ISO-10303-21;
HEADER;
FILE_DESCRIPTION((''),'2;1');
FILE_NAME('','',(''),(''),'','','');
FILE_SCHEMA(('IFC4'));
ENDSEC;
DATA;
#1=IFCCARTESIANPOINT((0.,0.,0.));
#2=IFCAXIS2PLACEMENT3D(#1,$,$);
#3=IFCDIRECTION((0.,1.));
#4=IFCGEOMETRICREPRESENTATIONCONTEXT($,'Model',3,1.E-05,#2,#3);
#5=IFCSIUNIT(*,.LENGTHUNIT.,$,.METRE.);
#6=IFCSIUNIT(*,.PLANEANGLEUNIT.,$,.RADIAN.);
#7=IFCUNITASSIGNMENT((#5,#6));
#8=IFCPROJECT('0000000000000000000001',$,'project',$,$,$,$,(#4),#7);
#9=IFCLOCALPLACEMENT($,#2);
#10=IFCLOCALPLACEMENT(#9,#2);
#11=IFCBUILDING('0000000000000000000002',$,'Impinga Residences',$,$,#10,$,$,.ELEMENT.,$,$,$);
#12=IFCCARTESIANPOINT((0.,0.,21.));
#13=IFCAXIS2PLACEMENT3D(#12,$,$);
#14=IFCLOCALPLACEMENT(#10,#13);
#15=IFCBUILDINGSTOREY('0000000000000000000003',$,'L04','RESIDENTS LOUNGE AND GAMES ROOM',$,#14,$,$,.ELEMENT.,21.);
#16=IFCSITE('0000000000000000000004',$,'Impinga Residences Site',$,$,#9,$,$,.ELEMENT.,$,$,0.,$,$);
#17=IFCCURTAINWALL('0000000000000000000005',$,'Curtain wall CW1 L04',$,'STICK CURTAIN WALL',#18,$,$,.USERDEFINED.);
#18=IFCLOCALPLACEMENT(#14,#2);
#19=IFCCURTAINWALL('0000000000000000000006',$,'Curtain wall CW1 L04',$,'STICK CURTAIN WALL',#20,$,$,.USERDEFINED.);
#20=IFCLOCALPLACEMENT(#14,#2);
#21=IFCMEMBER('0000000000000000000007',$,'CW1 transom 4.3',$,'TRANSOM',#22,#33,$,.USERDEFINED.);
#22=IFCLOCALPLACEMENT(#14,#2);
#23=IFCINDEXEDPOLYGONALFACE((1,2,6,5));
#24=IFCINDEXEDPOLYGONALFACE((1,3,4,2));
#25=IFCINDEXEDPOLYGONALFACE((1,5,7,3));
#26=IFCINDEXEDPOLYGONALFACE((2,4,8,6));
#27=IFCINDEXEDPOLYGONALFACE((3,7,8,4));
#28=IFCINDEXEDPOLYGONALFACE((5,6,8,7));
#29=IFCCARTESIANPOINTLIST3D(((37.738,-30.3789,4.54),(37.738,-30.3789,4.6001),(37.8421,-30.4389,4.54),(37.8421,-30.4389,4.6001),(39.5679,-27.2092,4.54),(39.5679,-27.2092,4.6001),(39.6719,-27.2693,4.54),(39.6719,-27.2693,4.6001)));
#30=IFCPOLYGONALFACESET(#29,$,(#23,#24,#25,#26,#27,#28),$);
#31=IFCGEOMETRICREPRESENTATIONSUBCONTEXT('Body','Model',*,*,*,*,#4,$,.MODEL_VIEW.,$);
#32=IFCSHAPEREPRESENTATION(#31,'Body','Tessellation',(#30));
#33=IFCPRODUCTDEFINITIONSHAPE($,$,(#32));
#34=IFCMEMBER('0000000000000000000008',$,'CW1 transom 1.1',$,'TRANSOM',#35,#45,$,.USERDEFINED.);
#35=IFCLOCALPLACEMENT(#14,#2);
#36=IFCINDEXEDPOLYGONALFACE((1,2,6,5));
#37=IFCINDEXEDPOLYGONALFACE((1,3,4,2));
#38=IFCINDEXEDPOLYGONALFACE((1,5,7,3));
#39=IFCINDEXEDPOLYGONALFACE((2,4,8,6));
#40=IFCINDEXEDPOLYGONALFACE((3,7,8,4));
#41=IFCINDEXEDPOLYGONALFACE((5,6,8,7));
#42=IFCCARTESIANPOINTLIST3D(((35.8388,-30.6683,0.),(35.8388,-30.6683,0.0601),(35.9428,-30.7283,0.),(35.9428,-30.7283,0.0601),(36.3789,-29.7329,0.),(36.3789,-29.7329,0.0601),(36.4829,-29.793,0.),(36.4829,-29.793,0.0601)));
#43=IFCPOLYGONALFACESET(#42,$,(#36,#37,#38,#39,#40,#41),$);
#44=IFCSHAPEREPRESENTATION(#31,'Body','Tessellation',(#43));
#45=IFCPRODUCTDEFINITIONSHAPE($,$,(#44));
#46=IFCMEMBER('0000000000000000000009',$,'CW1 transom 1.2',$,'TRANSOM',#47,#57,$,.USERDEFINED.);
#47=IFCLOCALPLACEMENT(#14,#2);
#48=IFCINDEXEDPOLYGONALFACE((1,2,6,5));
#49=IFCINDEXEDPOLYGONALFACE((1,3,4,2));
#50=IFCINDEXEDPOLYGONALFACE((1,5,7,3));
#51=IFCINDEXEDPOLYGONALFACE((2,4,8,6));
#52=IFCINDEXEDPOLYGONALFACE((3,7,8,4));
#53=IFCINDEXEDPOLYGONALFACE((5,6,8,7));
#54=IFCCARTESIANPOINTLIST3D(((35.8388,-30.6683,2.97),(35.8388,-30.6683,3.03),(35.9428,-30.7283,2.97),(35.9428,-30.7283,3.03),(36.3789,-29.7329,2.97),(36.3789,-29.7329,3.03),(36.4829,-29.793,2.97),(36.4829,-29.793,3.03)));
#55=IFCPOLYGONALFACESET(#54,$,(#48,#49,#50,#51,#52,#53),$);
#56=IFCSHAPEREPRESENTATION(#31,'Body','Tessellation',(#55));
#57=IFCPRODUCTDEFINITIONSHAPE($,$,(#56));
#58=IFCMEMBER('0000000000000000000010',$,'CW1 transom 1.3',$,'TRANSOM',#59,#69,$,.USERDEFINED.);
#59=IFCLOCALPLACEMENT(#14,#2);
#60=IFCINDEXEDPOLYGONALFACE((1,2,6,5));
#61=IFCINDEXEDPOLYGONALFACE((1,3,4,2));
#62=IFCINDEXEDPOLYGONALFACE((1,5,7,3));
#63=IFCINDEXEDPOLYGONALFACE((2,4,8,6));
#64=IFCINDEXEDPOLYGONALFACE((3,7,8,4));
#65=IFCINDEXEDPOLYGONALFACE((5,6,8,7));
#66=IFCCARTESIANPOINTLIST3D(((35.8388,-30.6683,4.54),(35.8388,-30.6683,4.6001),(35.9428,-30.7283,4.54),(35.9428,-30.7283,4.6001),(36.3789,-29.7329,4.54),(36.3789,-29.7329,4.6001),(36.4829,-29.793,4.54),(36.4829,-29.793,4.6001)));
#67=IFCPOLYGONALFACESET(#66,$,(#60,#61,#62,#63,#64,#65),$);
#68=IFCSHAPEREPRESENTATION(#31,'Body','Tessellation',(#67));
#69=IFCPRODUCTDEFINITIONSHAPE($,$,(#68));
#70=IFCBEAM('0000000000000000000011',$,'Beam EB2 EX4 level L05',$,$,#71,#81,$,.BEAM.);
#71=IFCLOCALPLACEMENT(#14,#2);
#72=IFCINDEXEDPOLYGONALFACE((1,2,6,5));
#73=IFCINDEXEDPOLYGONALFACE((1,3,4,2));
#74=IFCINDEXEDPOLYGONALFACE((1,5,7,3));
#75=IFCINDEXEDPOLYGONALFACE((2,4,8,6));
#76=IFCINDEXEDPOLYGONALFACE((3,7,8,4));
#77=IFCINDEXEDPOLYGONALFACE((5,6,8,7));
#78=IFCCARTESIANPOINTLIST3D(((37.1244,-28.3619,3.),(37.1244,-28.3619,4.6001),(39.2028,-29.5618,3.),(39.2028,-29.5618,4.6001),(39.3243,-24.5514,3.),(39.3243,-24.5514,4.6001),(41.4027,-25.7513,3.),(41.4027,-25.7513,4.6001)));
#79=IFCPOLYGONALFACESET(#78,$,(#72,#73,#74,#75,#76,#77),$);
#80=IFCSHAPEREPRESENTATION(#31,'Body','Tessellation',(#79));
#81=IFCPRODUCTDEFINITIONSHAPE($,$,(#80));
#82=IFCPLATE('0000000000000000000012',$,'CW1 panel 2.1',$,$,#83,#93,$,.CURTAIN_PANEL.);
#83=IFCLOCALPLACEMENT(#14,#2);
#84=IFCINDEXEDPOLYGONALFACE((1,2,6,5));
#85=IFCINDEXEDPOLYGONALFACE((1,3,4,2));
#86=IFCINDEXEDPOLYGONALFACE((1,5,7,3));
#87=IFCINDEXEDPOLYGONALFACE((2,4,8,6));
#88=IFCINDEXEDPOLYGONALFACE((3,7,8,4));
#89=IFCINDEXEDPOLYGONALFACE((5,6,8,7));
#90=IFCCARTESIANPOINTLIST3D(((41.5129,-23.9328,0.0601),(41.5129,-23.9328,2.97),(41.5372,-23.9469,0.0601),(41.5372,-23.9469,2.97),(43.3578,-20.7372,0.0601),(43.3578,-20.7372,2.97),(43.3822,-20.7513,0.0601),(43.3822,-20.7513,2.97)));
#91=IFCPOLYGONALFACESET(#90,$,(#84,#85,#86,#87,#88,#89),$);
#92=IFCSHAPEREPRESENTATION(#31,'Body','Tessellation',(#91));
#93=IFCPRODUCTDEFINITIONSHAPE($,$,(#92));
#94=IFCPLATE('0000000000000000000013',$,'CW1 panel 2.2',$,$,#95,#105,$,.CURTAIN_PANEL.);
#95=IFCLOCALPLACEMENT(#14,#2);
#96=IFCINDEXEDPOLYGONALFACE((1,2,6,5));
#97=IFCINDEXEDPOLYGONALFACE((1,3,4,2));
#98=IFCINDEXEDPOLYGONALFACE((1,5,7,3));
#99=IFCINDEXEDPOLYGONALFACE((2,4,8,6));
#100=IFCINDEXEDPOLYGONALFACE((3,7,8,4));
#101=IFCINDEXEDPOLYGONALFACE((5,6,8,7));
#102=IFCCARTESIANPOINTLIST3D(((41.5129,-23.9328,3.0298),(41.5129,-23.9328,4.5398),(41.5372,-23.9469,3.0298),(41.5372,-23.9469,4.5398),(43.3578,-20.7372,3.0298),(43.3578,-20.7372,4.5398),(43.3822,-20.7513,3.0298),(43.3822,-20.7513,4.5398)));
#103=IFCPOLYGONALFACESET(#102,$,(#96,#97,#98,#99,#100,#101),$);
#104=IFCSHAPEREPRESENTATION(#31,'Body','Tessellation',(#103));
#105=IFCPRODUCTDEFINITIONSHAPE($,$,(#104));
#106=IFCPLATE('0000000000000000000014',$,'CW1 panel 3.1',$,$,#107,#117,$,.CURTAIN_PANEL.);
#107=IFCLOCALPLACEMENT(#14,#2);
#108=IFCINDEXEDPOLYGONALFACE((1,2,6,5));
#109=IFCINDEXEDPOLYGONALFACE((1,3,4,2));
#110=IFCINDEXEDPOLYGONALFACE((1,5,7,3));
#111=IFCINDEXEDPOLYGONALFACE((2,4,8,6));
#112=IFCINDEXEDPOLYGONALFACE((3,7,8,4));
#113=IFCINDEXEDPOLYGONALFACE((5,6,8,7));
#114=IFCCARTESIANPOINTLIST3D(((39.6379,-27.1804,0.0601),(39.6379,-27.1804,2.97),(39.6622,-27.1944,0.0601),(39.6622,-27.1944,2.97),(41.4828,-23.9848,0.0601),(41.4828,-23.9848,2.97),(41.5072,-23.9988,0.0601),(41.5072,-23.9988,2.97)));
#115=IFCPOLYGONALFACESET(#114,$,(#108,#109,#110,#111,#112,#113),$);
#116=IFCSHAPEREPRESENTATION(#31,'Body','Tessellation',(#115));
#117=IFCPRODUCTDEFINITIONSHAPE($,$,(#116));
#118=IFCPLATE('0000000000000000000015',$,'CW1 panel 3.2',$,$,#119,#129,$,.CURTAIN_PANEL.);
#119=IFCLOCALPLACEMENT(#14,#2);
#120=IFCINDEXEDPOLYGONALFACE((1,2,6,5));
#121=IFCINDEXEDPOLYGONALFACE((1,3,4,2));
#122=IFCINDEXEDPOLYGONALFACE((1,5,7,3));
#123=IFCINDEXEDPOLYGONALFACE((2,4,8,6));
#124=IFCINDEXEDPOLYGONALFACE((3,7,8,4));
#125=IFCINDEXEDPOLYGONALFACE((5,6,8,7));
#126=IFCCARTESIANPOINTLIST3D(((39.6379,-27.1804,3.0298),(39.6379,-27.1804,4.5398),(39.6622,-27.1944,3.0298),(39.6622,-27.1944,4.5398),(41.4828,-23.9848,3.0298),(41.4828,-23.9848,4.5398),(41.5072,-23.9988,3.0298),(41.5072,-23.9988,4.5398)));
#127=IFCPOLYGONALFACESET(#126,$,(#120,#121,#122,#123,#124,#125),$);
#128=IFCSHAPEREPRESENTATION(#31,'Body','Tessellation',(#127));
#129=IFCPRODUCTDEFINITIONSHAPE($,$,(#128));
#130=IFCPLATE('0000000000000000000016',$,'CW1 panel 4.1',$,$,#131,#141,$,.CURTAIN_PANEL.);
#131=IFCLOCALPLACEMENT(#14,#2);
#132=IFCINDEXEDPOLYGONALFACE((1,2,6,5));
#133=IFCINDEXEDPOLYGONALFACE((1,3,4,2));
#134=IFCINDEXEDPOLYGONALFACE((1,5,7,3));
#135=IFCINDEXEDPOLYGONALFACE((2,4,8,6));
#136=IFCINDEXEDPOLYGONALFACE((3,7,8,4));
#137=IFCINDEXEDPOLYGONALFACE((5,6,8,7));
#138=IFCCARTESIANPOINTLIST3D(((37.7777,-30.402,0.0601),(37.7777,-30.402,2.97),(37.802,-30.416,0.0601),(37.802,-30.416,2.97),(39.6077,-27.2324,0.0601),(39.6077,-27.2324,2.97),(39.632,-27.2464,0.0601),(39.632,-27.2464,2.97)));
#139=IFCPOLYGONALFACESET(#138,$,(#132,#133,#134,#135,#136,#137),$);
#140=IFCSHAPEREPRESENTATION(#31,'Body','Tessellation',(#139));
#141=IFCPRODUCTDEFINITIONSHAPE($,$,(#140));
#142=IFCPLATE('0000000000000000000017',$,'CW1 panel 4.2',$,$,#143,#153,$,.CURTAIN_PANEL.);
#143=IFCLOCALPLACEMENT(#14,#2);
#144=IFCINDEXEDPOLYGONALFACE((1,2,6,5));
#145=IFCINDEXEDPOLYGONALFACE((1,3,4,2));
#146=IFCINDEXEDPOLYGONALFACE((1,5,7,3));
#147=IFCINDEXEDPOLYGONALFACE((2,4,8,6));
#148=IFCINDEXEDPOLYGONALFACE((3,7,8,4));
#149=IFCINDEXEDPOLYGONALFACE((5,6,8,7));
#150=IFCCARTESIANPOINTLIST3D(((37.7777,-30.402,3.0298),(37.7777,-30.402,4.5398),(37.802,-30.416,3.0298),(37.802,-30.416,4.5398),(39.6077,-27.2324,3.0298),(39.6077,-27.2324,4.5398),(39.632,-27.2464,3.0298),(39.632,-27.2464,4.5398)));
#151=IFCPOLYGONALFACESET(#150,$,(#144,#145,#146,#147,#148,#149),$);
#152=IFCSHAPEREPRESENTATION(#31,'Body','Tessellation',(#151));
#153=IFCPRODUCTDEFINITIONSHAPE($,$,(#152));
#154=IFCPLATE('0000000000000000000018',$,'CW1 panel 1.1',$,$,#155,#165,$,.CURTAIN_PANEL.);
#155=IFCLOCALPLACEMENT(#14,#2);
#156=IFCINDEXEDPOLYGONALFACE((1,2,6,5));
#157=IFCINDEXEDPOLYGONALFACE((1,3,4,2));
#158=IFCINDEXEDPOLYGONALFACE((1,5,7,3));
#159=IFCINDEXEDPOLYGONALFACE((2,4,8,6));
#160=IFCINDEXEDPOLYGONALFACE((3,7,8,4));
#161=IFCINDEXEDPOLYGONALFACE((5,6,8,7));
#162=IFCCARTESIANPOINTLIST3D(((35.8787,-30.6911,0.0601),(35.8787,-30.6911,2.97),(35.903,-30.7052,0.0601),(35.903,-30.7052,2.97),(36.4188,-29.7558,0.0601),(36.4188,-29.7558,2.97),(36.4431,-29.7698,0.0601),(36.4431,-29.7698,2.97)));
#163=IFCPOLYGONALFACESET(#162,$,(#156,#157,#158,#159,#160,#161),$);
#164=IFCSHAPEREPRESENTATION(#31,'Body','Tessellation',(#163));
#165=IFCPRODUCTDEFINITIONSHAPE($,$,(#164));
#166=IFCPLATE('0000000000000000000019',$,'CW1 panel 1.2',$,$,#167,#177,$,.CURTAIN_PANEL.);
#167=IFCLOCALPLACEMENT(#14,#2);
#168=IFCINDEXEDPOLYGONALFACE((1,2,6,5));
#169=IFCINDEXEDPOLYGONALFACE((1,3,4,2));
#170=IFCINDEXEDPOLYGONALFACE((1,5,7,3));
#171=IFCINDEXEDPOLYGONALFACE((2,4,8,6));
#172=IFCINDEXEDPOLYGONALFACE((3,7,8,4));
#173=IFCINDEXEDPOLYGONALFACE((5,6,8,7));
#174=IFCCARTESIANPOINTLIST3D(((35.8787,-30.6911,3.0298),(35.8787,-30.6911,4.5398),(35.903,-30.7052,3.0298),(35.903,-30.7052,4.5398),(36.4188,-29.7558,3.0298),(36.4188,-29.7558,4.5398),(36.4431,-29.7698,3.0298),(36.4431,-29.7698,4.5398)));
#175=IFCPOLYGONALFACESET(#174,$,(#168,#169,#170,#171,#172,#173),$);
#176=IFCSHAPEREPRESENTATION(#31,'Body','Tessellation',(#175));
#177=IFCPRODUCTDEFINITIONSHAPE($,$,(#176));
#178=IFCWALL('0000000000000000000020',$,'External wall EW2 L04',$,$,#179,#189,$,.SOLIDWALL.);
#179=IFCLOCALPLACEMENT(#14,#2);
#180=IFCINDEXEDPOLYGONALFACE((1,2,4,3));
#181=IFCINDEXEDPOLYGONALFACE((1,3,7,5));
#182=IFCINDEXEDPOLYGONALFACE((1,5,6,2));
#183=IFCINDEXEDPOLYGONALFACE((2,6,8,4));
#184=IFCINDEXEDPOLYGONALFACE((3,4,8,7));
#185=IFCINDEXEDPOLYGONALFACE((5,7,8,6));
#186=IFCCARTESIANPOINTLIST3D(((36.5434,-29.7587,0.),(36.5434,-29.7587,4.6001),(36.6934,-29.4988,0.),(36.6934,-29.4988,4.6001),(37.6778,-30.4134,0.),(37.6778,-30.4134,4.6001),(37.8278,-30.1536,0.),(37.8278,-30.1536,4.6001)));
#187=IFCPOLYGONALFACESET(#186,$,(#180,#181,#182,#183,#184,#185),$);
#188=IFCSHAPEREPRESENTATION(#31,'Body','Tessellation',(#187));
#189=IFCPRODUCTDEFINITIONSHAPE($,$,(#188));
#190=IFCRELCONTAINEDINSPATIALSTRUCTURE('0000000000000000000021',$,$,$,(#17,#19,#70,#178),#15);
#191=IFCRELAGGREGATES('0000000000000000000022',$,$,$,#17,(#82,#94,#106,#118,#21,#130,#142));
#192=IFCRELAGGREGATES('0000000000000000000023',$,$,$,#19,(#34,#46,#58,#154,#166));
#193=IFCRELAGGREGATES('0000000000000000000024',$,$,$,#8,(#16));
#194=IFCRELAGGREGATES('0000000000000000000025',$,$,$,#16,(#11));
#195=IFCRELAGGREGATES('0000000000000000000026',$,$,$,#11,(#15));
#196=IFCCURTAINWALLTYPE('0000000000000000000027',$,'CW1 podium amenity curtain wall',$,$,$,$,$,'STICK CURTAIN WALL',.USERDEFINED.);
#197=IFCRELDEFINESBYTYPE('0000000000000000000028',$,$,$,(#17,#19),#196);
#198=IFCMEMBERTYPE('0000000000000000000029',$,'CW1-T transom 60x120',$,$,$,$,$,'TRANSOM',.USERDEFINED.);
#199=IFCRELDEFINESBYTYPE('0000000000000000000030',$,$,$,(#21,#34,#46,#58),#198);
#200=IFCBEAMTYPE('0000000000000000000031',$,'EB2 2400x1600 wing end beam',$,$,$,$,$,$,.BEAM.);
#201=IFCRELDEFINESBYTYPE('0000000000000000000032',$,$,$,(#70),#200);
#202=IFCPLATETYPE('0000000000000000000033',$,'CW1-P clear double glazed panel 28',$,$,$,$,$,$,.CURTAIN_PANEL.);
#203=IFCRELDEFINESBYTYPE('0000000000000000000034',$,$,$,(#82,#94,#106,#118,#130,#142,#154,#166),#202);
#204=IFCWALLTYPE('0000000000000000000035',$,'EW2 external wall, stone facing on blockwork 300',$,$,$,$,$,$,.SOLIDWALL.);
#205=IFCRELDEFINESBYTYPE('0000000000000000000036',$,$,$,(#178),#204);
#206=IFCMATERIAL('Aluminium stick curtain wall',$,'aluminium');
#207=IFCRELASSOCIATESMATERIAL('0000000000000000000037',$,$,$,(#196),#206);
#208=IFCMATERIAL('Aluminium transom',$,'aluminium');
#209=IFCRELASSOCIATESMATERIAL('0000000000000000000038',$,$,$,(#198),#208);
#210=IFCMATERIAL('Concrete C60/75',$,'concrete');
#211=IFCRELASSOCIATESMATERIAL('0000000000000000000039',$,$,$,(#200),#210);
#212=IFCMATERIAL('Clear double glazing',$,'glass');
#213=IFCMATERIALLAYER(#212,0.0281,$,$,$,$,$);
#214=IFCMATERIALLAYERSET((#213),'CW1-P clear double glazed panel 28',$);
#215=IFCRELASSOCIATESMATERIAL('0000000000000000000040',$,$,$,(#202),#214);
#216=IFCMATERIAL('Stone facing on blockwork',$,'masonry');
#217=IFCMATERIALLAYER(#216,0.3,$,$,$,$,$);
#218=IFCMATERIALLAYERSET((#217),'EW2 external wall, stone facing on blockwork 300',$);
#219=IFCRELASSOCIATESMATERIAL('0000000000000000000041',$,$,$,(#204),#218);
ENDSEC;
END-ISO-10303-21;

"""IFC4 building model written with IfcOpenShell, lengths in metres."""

from ifc_helpers import new_model, si_unit, direction, frame, frame_2d, origin, origin_2d, place, context, subcontext, project, spatial, rectangle, extrude, material, layer, layer_set, material_profile, profile_set, type_object, element, aggregate, save


model = new_model("IFC4")

# Units and contexts
model_context = context("Model", 3, precision=1e-05, world=origin(), true_north=direction((0.0, 1.0)))
body_context = subcontext(model_context, "Body", "Model", "MODEL_VIEW")
ifc_project = project(units=[si_unit("LENGTHUNIT", "METRE"), si_unit("PLANEANGLEUNIT", "RADIAN")], contexts=[model_context])

# Site, building, storey
site_placement = place(None, origin())
site = spatial("IfcSite", under=ifc_project, at=site_placement, Name="Impinga Residences Site", CompositionType="ELEMENT", RefElevation=0.0)
building_placement = place(site_placement, origin())
building = spatial("IfcBuilding", under=site, at=building_placement, Name="Impinga Residences", CompositionType="ELEMENT")
storey_placement = place(building_placement, frame((0.0, 0.0, 21.0)))
storey = spatial("IfcBuildingStorey", under=building, at=storey_placement, Name="L04", Description="RESIDENTS LOUNGE AND GAMES ROOM", CompositionType="ELEMENT", Elevation=21.0)

# Shared definitions
ifc_material_1 = material(Name="Concrete C60/75", Category="concrete")

# Curtain walls
ifc_material_2 = material(Name="Aluminium stick curtain wall", Category="aluminium")
curtain_wall_type = type_object("IfcCurtainWallType", Name="CW1 podium amenity curtain wall", ElementType="STICK CURTAIN WALL", PredefinedType="USERDEFINED", material=ifc_material_2)
curtain_wall_1_placement = place(storey_placement, origin())
curtain_wall_1 = element("IfcCurtainWall", 1, at=curtain_wall_1_placement, inside=storey, type_object=curtain_wall_type, Name="Curtain wall CW1 L04", ObjectType="STICK CURTAIN WALL", PredefinedType="USERDEFINED")
curtain_wall_2_placement = place(storey_placement, origin())
curtain_wall_2 = element("IfcCurtainWall", 2, at=curtain_wall_2_placement, inside=storey, type_object=curtain_wall_type, Name="Curtain wall CW1 L04", ObjectType="STICK CURTAIN WALL", PredefinedType="USERDEFINED")

# Members
ifc_material_3 = material(Name="Aluminium transom", Category="aluminium")
ifc_material_profile_1 = material_profile(ifc_material_3, rectangle(XDim=0.0601, YDim=0.1201, at=origin_2d()), Name="60x120 transom")
ifc_profile_set_1 = profile_set([ifc_material_profile_1], Name="Aluminium transom")
member_type_1 = type_object("IfcMemberType", Name="CW1-T transom 60x120", ElementType="TRANSOM", PredefinedType="USERDEFINED", material=ifc_profile_set_1)
member_1_placement = place(storey_placement, frame((39.6199, -27.2393, 4.5701), z_axis=(-0.499963, -0.866047, 0.0), x_axis=(0.0, 0.0, 1.0)))
member_1 = element("IfcMember", 3, at=member_1_placement, type_object=member_type_1, Name="CW1 transom 4.3", ObjectType="TRANSOM", PredefinedType="USERDEFINED", context=body_context, shape_type="SweptSolid", body=[
    extrude(rectangle(XDim=0.0601, YDim=0.1201, at=origin_2d()), origin(), (0.0, 0.0, 1.0), 3.6599),
])
member_2_placement = place(storey_placement, frame((36.4309, -29.7629, 0.03), z_axis=(-0.500029, -0.866009, 0.0), x_axis=(0.0, 0.0, 1.0)))
member_2 = element("IfcMember", 4, at=member_2_placement, type_object=member_type_1, Name="CW1 transom 1.1", ObjectType="TRANSOM", PredefinedType="USERDEFINED", context=body_context, shape_type="SweptSolid", body=[
    extrude(rectangle(XDim=0.0601, YDim=0.1201, at=origin_2d()), origin(), (0.0, 0.0, 1.0), 1.0801),
])
member_3_placement = place(storey_placement, frame((36.4309, -29.7629, 3.0), z_axis=(-0.500029, -0.866009, 0.0), x_axis=(0.0, 0.0, 1.0)))
member_3 = element("IfcMember", 5, at=member_3_placement, type_object=member_type_1, Name="CW1 transom 1.2", ObjectType="TRANSOM", PredefinedType="USERDEFINED", context=body_context, shape_type="SweptSolid", body=[
    extrude(rectangle(XDim=0.0601, YDim=0.1201, at=origin_2d()), origin(), (0.0, 0.0, 1.0), 1.0801),
])
member_4_placement = place(storey_placement, frame((36.4309, -29.7629, 4.5701), z_axis=(-0.500029, -0.866009, 0.0), x_axis=(0.0, 0.0, 1.0)))
member_4 = element("IfcMember", 6, at=member_4_placement, type_object=member_type_1, Name="CW1 transom 1.3", ObjectType="TRANSOM", PredefinedType="USERDEFINED", context=body_context, shape_type="SweptSolid", body=[
    extrude(rectangle(XDim=0.0601, YDim=0.1201, at=origin_2d()), origin(), (0.0, 0.0, 1.0), 1.0801),
])

# Beam
ifc_material_profile_2 = material_profile(ifc_material_1, rectangle(XDim=2.3999, YDim=1.6001, at=origin_2d()), Name="RC 2400x1600")
ifc_profile_set_2 = profile_set([ifc_material_profile_2], Name="Concrete C60/75")
beam_type_1 = type_object("IfcBeamType", Name="EB2 2400x1600 wing end beam", PredefinedType="BEAM", material=ifc_profile_set_2)
beam_placement = place(storey_placement, frame((40.3635, -25.1514, 3.8), z_axis=(-0.499988, -0.866032, 0.0), x_axis=(0.866032, -0.499988, 0.0)))
element("IfcBeam", 7, at=beam_placement, inside=storey, type_object=beam_type_1, Name="Beam EB2 EX4 level L05", PredefinedType="BEAM", context=body_context, shape_type="SweptSolid", body=[
    extrude(rectangle(XDim=2.3999, YDim=1.6001, at=origin_2d()), origin(), (0.0, 0.0, 1.0), 4.3999),
])

# Plates
ifc_material_4 = material(Name="Clear double glazing", Category="glass")
ifc_layer_1 = layer(ifc_material_4, 0.0281)
ifc_layer_set_1 = layer_set([ifc_layer_1], Name="CW1-P clear double glazed panel 28")
plate_type = type_object("IfcPlateType", Name="CW1-P clear double glazed panel 28", PredefinedType="CURTAIN_PANEL", material=ifc_layer_set_1)
plate_1_placement = place(storey_placement, frame((42.4475, -22.342, 0.0601), z_axis=(0.0, 0.0, 1.0), x_axis=(-0.5, -0.866025, 0.0)))
plate_1 = element("IfcPlate", 8, at=plate_1_placement, type_object=plate_type, Name="CW1 panel 2.1", PredefinedType="CURTAIN_PANEL", context=body_context, shape_type="SweptSolid", body=[
    extrude(rectangle(XDim=3.6899, YDim=0.0281, at=origin_2d()), origin(), (0.0, 0.0, 1.0), 2.9099),
])
plate_2_placement = place(storey_placement, frame((42.4475, -22.342, 3.0298), z_axis=(0.0, 0.0, 1.0), x_axis=(-0.5, -0.866025, 0.0)))
plate_2 = element("IfcPlate", 9, at=plate_2_placement, type_object=plate_type, Name="CW1 panel 2.2", PredefinedType="CURTAIN_PANEL", context=body_context, shape_type="SweptSolid", body=[
    extrude(rectangle(XDim=3.6899, YDim=0.0281, at=origin_2d()), origin(), (0.0, 0.0, 1.0), 1.51),
])
plate_3_placement = place(storey_placement, frame((40.5725, -25.5896, 0.0601), z_axis=(0.0, 0.0, 1.0), x_axis=(-0.5, -0.866025, 0.0)))
plate_3 = element("IfcPlate", 10, at=plate_3_placement, type_object=plate_type, Name="CW1 panel 3.1", PredefinedType="CURTAIN_PANEL", context=body_context, shape_type="SweptSolid", body=[
    extrude(rectangle(XDim=3.6899, YDim=0.0281, at=origin_2d()), origin(), (0.0, 0.0, 1.0), 2.9099),
])
plate_4_placement = place(storey_placement, frame((40.5725, -25.5896, 3.0298), z_axis=(0.0, 0.0, 1.0), x_axis=(-0.5, -0.866025, 0.0)))
plate_4 = element("IfcPlate", 11, at=plate_4_placement, type_object=plate_type, Name="CW1 panel 3.2", PredefinedType="CURTAIN_PANEL", context=body_context, shape_type="SweptSolid", body=[
    extrude(rectangle(XDim=3.6899, YDim=0.0281, at=origin_2d()), origin(), (0.0, 0.0, 1.0), 1.51),
])
plate_5_placement = place(storey_placement, frame((38.7048, -28.8242, 0.0601), z_axis=(0.0, 0.0, 1.0), x_axis=(-0.5, -0.866025, 0.0)))
plate_5 = element("IfcPlate", 12, at=plate_5_placement, type_object=plate_type, Name="CW1 panel 4.1", PredefinedType="CURTAIN_PANEL", context=body_context, shape_type="SweptSolid", body=[
    extrude(rectangle(XDim=3.6599, YDim=0.0281, at=origin_2d()), origin(), (0.0, 0.0, 1.0), 2.9099),
])
plate_6_placement = place(storey_placement, frame((38.7048, -28.8242, 3.0298), z_axis=(0.0, 0.0, 1.0), x_axis=(-0.5, -0.866025, 0.0)))
plate_6 = element("IfcPlate", 13, at=plate_6_placement, type_object=plate_type, Name="CW1 panel 4.2", PredefinedType="CURTAIN_PANEL", context=body_context, shape_type="SweptSolid", body=[
    extrude(rectangle(XDim=3.6599, YDim=0.0281, at=origin_2d()), origin(), (0.0, 0.0, 1.0), 1.51),
])
aggregate(curtain_wall_1, [plate_1, plate_2, plate_3, plate_4, member_1, plate_5, plate_6])
plate_7_placement = place(storey_placement, frame((36.1609, -30.2305, 0.0601), z_axis=(0.0, 0.0, 1.0), x_axis=(-0.5, -0.866026, 0.0)))
plate_7 = element("IfcPlate", 14, at=plate_7_placement, type_object=plate_type, Name="CW1 panel 1.1", PredefinedType="CURTAIN_PANEL", context=body_context, shape_type="SweptSolid", body=[
    extrude(rectangle(XDim=1.0801, YDim=0.0281, at=origin_2d()), origin(), (0.0, 0.0, 1.0), 2.9099),
])
plate_8_placement = place(storey_placement, frame((36.1609, -30.2305, 3.0298), z_axis=(0.0, 0.0, 1.0), x_axis=(-0.5, -0.866026, 0.0)))
plate_8 = element("IfcPlate", 15, at=plate_8_placement, type_object=plate_type, Name="CW1 panel 1.2", PredefinedType="CURTAIN_PANEL", context=body_context, shape_type="SweptSolid", body=[
    extrude(rectangle(XDim=1.0801, YDim=0.0281, at=origin_2d()), origin(), (0.0, 0.0, 1.0), 1.51),
])
aggregate(curtain_wall_2, [member_2, member_3, member_4, plate_7, plate_8])

# Wall
ifc_material_5 = material(Name="Stone facing on blockwork", Category="masonry")
ifc_layer_2 = layer(ifc_material_5, 0.3)
ifc_layer_set_2 = layer_set([ifc_layer_2], Name="EW2 external wall, stone facing on blockwork 300")
wall_type_1 = type_object("IfcWallType", Name="EW2 external wall, stone facing on blockwork 300", PredefinedType="SOLIDWALL", material=ifc_layer_set_2)
wall_1_placement = place(storey_placement, frame((37.7527, -30.2834, 0.0), z_axis=(0.0, 0.0, 1.0), x_axis=(-0.866102, 0.499868, 0.0)))
element("IfcWall", 16, at=wall_1_placement, inside=storey, type_object=wall_type_1, Name="External wall EW2 L04", PredefinedType="SOLIDWALL", context=body_context, shape_type="SweptSolid", body=[
    extrude(rectangle(XDim=1.3098, YDim=0.3, at=frame_2d((0.6548, 0.0))), origin(), (0.0, 0.0, 1.0), 4.6001),
])

save(model, "model.ifc")
